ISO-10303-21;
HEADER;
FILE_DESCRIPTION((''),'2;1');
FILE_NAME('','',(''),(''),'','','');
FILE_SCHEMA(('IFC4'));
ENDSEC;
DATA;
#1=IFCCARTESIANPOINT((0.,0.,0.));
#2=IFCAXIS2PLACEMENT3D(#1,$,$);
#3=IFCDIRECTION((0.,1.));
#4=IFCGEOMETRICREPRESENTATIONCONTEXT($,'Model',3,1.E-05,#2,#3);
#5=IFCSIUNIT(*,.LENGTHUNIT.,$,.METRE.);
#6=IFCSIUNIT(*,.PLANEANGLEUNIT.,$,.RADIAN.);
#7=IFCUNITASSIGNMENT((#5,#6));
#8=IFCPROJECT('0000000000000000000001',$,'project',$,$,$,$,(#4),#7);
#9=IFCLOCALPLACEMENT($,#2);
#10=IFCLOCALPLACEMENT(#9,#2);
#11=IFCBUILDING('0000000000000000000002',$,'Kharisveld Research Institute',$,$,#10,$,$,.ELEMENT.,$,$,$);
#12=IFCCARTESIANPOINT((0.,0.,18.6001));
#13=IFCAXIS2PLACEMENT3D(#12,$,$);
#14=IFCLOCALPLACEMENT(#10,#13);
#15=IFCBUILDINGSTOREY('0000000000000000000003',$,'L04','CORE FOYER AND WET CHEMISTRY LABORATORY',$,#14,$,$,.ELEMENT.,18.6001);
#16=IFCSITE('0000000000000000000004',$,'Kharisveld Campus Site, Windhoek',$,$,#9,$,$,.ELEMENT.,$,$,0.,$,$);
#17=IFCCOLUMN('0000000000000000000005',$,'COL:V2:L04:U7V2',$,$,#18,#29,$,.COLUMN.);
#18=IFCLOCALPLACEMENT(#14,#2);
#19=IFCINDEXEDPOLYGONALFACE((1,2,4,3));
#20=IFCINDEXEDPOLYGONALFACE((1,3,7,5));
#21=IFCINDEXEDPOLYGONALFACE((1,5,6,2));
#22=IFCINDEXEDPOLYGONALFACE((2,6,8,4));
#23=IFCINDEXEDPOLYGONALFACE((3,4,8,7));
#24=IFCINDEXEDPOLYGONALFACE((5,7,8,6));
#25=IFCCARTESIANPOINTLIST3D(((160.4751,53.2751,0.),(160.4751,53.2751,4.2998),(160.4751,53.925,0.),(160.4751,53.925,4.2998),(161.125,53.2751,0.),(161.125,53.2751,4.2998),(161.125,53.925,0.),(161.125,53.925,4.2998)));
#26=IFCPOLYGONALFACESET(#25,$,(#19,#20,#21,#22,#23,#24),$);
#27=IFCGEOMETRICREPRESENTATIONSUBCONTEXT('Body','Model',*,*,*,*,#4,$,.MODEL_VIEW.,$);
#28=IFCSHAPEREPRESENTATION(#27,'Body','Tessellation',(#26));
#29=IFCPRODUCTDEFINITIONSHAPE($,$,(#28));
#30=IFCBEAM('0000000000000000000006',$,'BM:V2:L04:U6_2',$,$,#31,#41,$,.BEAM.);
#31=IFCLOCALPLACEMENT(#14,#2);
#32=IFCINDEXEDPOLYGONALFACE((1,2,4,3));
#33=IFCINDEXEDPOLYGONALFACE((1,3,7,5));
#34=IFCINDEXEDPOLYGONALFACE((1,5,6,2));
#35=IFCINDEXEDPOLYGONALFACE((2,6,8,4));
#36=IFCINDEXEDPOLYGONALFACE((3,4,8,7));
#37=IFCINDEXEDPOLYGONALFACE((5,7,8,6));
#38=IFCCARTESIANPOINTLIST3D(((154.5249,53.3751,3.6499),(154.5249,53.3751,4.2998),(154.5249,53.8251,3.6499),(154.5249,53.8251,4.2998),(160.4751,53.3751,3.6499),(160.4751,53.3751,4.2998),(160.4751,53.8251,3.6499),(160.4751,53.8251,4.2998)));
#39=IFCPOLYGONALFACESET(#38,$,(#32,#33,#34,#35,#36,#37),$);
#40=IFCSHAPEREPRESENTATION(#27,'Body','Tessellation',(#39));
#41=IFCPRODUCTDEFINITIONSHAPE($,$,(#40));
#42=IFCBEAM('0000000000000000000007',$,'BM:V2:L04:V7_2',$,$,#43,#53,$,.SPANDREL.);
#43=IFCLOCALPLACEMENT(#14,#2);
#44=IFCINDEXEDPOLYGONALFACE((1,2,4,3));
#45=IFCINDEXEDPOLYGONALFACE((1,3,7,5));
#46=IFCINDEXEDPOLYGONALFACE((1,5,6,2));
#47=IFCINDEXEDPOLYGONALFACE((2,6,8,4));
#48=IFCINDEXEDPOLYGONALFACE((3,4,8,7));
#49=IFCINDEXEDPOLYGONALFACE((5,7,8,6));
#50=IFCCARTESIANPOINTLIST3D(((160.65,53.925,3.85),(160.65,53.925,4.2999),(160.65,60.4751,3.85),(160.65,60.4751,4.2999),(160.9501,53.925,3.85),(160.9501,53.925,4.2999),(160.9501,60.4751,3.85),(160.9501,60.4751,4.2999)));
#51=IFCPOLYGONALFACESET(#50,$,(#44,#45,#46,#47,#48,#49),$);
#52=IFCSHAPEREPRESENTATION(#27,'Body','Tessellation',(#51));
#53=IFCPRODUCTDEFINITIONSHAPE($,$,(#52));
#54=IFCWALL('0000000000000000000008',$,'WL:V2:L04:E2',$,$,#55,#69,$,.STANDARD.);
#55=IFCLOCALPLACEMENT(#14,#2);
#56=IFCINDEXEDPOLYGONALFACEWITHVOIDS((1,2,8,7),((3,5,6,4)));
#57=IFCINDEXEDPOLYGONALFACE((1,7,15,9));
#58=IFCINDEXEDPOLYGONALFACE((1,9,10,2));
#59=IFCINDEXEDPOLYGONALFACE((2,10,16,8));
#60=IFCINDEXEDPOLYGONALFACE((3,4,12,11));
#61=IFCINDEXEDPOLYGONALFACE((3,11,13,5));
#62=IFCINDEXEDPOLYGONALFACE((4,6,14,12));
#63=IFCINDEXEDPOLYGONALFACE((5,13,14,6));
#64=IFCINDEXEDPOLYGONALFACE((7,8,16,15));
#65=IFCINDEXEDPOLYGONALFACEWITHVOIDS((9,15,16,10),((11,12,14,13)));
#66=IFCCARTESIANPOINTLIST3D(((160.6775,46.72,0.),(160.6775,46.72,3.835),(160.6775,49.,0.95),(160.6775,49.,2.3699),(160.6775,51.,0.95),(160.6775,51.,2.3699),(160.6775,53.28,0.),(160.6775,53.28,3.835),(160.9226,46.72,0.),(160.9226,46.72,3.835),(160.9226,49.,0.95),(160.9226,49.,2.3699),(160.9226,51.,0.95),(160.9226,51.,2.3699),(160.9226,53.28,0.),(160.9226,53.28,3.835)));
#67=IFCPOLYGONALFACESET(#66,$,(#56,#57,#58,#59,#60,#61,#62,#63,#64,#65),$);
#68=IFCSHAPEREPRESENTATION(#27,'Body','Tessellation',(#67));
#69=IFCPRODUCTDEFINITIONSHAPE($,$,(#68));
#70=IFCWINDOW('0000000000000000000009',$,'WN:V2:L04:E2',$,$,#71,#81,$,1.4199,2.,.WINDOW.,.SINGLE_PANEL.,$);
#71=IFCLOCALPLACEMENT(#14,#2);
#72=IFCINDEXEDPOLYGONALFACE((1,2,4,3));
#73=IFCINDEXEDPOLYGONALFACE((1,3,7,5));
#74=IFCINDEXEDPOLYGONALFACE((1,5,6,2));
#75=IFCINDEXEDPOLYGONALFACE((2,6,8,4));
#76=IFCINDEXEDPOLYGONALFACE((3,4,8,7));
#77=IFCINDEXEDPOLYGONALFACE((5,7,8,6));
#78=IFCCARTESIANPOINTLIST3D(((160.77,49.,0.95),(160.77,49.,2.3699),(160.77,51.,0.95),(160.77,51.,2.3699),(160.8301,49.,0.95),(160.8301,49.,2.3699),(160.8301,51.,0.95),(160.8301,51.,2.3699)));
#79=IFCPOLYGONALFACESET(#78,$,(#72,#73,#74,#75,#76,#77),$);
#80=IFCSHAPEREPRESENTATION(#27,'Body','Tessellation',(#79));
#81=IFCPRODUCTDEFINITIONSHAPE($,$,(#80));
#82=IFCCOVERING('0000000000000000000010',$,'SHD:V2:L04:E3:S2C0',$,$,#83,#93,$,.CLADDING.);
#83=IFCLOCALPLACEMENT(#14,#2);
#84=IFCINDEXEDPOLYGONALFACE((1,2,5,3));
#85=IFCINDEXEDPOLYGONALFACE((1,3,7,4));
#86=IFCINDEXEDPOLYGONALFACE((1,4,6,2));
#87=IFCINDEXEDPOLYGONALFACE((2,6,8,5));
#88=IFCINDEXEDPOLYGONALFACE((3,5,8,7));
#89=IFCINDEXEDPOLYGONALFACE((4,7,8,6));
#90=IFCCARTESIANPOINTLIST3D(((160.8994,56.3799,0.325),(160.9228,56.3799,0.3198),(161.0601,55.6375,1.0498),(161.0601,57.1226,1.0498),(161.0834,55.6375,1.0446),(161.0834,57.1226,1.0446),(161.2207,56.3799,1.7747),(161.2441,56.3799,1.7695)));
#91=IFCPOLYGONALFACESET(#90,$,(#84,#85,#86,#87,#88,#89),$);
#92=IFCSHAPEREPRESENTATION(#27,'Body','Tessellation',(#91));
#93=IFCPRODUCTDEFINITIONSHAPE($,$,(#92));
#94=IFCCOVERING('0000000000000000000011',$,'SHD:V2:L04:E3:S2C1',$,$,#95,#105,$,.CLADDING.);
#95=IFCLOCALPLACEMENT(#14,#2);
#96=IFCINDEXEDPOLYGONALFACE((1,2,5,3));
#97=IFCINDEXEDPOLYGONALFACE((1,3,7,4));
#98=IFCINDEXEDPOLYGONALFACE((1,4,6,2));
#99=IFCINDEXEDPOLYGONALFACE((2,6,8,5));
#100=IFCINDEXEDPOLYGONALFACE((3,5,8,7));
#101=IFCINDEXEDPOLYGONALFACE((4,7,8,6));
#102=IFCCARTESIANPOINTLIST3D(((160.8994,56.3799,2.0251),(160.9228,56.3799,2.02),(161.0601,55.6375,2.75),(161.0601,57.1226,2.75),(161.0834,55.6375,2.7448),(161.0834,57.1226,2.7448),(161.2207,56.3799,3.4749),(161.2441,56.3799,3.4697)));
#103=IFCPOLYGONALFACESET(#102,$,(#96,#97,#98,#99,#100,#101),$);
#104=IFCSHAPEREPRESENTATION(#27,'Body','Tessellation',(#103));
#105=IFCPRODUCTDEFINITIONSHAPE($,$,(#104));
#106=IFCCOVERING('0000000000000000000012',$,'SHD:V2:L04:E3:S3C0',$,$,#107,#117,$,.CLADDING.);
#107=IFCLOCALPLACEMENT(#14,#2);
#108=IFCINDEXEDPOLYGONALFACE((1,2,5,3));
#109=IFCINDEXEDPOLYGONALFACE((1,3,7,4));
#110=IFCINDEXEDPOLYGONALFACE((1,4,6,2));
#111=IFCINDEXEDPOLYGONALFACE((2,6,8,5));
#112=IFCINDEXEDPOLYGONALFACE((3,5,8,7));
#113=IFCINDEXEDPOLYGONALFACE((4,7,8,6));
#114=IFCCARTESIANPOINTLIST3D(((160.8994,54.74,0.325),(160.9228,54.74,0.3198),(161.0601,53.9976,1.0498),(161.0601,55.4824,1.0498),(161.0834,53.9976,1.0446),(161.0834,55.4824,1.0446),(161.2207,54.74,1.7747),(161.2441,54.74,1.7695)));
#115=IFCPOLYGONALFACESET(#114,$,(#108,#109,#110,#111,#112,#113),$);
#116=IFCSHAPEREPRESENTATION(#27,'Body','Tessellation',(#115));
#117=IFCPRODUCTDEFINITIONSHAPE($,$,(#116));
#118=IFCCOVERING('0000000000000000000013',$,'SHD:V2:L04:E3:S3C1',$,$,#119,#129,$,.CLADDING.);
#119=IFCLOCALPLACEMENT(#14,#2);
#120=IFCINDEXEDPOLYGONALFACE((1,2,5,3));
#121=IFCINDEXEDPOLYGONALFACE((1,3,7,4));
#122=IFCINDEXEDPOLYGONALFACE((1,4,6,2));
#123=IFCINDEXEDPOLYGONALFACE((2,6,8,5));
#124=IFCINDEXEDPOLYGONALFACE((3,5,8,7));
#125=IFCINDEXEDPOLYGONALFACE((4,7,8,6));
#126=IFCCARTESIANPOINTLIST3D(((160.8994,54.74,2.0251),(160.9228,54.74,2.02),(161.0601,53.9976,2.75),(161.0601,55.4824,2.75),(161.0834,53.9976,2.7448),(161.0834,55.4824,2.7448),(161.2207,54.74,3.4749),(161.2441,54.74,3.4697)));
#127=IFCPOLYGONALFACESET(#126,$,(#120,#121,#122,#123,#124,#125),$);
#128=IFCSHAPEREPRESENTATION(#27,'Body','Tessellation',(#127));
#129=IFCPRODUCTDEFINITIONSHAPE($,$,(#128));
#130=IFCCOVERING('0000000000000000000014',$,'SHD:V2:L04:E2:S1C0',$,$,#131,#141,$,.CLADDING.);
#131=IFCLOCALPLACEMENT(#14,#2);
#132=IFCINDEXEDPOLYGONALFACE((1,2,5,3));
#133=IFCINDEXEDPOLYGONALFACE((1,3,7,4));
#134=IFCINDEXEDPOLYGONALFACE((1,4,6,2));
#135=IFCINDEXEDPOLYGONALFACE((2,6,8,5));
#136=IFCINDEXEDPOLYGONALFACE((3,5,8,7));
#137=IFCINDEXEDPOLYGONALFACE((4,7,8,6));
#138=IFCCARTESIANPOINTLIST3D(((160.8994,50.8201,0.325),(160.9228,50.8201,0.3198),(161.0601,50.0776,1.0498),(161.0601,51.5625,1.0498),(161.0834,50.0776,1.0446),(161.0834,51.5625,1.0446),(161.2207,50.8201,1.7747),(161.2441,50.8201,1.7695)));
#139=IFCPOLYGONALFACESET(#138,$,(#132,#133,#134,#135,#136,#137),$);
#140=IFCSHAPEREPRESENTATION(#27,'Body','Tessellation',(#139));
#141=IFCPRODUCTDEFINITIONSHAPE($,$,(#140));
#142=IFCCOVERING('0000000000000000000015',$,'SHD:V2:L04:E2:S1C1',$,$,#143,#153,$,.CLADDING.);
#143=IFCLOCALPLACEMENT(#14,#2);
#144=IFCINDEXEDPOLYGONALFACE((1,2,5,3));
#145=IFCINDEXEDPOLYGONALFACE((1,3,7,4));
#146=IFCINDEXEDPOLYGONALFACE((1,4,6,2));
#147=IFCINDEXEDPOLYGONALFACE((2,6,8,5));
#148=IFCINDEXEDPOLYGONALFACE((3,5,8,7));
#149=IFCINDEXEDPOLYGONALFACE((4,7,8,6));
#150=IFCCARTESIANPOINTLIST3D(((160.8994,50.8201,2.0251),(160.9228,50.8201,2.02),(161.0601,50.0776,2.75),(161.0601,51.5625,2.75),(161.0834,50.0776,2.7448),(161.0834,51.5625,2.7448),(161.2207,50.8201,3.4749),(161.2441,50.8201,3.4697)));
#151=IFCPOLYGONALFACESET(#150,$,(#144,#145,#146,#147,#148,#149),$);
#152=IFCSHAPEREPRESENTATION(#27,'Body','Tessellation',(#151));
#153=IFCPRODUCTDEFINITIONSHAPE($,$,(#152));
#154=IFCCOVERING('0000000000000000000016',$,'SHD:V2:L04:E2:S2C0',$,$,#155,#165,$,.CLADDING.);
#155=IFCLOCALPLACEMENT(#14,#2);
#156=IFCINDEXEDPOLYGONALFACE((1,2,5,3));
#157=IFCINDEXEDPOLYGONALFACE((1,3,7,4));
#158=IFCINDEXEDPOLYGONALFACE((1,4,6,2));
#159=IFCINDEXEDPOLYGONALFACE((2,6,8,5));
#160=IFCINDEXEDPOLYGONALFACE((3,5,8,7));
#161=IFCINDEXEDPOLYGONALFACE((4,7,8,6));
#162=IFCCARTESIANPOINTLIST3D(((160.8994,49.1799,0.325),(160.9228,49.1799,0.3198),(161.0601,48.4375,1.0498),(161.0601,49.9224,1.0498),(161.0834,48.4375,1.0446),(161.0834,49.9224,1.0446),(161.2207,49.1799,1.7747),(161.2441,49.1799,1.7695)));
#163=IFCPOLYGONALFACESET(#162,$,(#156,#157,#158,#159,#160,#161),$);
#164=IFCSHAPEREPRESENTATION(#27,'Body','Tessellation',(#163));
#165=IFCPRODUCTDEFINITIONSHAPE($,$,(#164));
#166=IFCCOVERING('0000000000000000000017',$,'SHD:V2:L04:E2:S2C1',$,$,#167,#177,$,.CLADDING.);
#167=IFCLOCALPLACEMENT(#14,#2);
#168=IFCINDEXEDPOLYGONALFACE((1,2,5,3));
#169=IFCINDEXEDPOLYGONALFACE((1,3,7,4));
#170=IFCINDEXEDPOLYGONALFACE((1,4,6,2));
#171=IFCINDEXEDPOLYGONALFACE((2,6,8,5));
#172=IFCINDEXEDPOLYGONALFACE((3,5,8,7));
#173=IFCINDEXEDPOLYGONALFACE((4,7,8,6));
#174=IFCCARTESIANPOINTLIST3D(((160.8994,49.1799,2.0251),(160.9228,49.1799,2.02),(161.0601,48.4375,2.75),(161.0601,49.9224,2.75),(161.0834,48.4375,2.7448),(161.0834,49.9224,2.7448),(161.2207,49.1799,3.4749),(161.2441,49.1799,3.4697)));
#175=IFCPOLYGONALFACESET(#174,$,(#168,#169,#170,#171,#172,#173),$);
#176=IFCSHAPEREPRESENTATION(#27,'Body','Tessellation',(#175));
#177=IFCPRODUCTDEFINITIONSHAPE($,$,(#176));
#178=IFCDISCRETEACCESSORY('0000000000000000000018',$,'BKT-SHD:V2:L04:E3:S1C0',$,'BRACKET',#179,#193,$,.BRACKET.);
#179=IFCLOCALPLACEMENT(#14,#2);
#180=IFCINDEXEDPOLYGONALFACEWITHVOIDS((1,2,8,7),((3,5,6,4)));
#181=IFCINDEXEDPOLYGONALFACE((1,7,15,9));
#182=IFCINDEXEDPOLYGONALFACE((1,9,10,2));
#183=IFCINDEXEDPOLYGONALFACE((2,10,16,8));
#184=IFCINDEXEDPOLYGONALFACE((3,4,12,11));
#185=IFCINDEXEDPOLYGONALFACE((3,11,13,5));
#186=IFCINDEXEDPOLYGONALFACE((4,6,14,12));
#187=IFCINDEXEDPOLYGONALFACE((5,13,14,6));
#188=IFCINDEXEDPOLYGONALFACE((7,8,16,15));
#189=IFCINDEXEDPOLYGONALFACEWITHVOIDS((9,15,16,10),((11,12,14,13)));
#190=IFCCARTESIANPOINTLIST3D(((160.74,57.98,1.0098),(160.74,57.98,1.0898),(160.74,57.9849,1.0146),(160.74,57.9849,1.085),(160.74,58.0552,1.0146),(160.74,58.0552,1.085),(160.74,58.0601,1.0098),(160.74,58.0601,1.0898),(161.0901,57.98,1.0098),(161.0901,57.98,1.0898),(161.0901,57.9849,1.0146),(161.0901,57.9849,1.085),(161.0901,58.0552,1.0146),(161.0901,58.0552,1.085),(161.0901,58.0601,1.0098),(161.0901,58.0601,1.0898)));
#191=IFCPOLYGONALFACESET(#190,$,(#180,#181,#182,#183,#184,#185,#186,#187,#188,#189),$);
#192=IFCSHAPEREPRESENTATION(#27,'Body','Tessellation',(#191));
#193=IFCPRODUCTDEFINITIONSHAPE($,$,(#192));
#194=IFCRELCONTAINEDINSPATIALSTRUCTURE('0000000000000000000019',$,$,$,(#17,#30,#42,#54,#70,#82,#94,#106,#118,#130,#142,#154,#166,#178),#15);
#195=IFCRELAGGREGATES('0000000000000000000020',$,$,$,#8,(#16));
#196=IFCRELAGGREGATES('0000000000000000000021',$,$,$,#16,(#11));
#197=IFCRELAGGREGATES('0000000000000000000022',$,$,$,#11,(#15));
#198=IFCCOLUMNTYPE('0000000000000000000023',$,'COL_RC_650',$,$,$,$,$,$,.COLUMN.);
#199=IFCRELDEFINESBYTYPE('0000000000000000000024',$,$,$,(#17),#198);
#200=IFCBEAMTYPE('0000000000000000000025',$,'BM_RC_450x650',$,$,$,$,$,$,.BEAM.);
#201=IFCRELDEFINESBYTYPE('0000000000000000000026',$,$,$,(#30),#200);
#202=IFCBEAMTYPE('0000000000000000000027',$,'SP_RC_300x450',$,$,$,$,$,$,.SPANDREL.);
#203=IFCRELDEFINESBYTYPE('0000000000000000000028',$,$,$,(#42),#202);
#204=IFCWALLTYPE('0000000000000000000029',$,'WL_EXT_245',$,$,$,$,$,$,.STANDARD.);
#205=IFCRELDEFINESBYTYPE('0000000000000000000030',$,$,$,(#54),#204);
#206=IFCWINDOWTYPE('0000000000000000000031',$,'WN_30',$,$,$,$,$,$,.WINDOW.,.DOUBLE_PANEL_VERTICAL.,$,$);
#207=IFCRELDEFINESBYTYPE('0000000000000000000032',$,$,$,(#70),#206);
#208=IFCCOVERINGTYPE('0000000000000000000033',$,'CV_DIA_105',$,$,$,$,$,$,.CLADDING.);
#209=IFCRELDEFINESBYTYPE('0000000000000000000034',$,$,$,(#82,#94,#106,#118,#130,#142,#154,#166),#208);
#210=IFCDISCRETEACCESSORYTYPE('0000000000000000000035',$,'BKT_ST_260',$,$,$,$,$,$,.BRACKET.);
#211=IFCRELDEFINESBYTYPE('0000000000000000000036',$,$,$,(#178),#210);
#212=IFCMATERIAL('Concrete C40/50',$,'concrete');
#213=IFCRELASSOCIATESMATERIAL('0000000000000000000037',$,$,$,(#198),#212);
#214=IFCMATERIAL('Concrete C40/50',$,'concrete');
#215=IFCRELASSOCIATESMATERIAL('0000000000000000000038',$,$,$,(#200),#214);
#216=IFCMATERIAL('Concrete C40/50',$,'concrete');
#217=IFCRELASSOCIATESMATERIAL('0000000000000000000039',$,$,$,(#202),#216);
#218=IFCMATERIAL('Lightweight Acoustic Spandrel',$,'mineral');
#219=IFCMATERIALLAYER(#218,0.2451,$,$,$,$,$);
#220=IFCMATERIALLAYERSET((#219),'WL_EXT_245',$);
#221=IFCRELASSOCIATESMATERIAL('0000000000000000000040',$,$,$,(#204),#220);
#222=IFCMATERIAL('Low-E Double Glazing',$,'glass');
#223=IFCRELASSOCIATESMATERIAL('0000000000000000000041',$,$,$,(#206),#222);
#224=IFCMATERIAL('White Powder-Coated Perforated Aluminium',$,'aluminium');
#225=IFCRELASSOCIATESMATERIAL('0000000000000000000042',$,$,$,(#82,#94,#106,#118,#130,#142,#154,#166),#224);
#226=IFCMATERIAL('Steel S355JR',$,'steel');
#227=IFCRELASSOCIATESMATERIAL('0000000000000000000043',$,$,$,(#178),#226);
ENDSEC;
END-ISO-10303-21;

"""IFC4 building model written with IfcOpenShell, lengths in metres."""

from ifc_helpers import new_model, si_unit, direction, frame, frame_2d, origin, origin_2d, place, context, subcontext, project, spatial, polyline, rectangle, hollow_rectangle, outline, extrude, material, layer, layer_set, material_profile, profile_set, type_object, element, fill, save


model = new_model("IFC4")

# Units and contexts
model_context = context("Model", 3, precision=1e-05, world=origin(), true_north=direction((0.0, 1.0)))
body_context = subcontext(model_context, "Body", "Model", "MODEL_VIEW")
ifc_project = project(units=[si_unit("LENGTHUNIT", "METRE"), si_unit("PLANEANGLEUNIT", "RADIAN")], contexts=[model_context])

# Site, building, storey
site_placement = place(None, origin())
site = spatial("IfcSite", under=ifc_project, at=site_placement, Name="Kharisveld Campus Site, Windhoek", CompositionType="ELEMENT", RefElevation=0.0)
building_placement = place(site_placement, origin())
building = spatial("IfcBuilding", under=site, at=building_placement, Name="Kharisveld Research Institute", CompositionType="ELEMENT")
storey_placement = place(building_placement, frame((0.0, 0.0, 18.6001)))
storey = spatial("IfcBuildingStorey", under=building, at=storey_placement, Name="L04", Description="CORE FOYER AND WET CHEMISTRY LABORATORY", CompositionType="ELEMENT", Elevation=18.6001)

# Column
ifc_material_1 = material(Name="Concrete C40/50", Category="concrete")
ifc_material_profile_1 = material_profile(ifc_material_1, rectangle(XDim=0.6499, YDim=0.6499, at=origin_2d()))
ifc_profile_set_1 = profile_set([ifc_material_profile_1], Name="Concrete C40/50")
column_type = type_object("IfcColumnType", Name="COL_RC_650", PredefinedType="COLUMN", material=ifc_profile_set_1)
column_placement = place(storey_placement, frame((160.8, 53.6001, 0.0), z_axis=(0.0, 0.0, 1.0), x_axis=(1.0, 0.0, 0.0)))
element("IfcColumn", 1, at=column_placement, inside=storey, type_object=column_type, Name="COL:V2:L04:U7V2", PredefinedType="COLUMN", context=body_context, shape_type="SweptSolid", body=[
    extrude(rectangle(XDim=0.6499, YDim=0.6499, at=origin_2d()), origin(), (0.0, 0.0, 1.0), 4.2998),
])

# Beams
ifc_material_2 = material(Name="Concrete C40/50", Category="concrete")
ifc_material_profile_2 = material_profile(ifc_material_2, rectangle(XDim=0.45, YDim=0.6499, at=origin_2d()))
ifc_profile_set_2 = profile_set([ifc_material_profile_2], Name="Concrete C40/50")
beam_type_1 = type_object("IfcBeamType", Name="BM_RC_450x650", PredefinedType="BEAM", material=ifc_profile_set_2)
beam_1_placement = place(storey_placement, frame((154.5249, 53.6001, 3.9749), z_axis=(1.0, 0.0, 0.0), x_axis=(0.0, 1.0, 0.0)))
element("IfcBeam", 2, at=beam_1_placement, inside=storey, type_object=beam_type_1, Name="BM:V2:L04:U6_2", PredefinedType="BEAM", context=body_context, shape_type="SweptSolid", body=[
    extrude(rectangle(XDim=0.45, YDim=0.6499, at=origin_2d()), origin(), (0.0, 0.0, 1.0), 5.9502),
])
ifc_material_3 = material(Name="Concrete C40/50", Category="concrete")
ifc_material_profile_3 = material_profile(ifc_material_3, rectangle(XDim=0.3, YDim=0.45, at=origin_2d()))
ifc_profile_set_3 = profile_set([ifc_material_profile_3], Name="Concrete C40/50")
beam_type_2 = type_object("IfcBeamType", Name="SP_RC_300x450", PredefinedType="SPANDREL", material=ifc_profile_set_3)
beam_2_placement = place(storey_placement, frame((160.8, 53.925, 4.075), z_axis=(0.0, 1.0, 0.0), x_axis=(-1.0, 0.0, 0.0)))
element("IfcBeam", 3, at=beam_2_placement, inside=storey, type_object=beam_type_2, Name="BM:V2:L04:V7_2", PredefinedType="SPANDREL", context=body_context, shape_type="SweptSolid", body=[
    extrude(rectangle(XDim=0.3, YDim=0.45, at=origin_2d()), origin(), (0.0, 0.0, 1.0), 6.55),
])

# Wall, opening, window
ifc_material_4 = material(Name="Lightweight Acoustic Spandrel", Category="mineral")
ifc_layer = layer(ifc_material_4, 0.2451)
ifc_layer_set = layer_set([ifc_layer], Name="WL_EXT_245")
wall_type = type_object("IfcWallType", Name="WL_EXT_245", PredefinedType="STANDARD", material=ifc_layer_set)
wall_placement = place(storey_placement, frame((160.8, 53.28, 0.0), z_axis=(0.0, 0.0, 1.0), x_axis=(0.0, -1.0, 0.0)))
wall = element("IfcWall", 4, at=wall_placement, inside=storey, type_object=wall_type, Name="WL:V2:L04:E2", PredefinedType="STANDARD", context=body_context, shape_type="SweptSolid", body=[
    extrude(rectangle(XDim=6.5601, YDim=0.2451, at=frame_2d((3.28, 0.0))), origin(), (0.0, 0.0, 1.0), 3.835),
])
opening_placement = place(wall_placement, frame((2.28, 0.0, 0.95)))
opening = element("IfcOpeningElement", 5, at=opening_placement, cuts=wall, PredefinedType="OPENING", context=body_context, shape_type="SweptSolid", body=[
    extrude(rectangle(XDim=2.0, YDim=1.4199, at=frame_2d((1.0, 0.71))), frame((0.0, 0.1226, 0.0), z_axis=(0.0, -1.0, 0.0), x_axis=(1.0, 0.0, 0.0)), (0.0, 0.0, 1.0), 0.2451),
])
ifc_material_5 = material(Name="Low-E Double Glazing", Category="glass")
window_type = type_object("IfcWindowType", Name="WN_30", PartitioningType="DOUBLE_PANEL_VERTICAL", PredefinedType="WINDOW", material=ifc_material_5)
window_placement = place(opening_placement, origin())
window = element("IfcWindow", 6, at=window_placement, inside=storey, type_object=window_type, Name="WN:V2:L04:E2", OverallHeight=1.4199, OverallWidth=2.0, PartitioningType="SINGLE_PANEL", PredefinedType="WINDOW", context=body_context, shape_type="SweptSolid", body=[
    extrude(rectangle(XDim=2.0, YDim=1.4199, at=frame_2d((1.0, 0.71))), frame((0.0, 0.03, 0.0), z_axis=(0.0, -1.0, 0.0), x_axis=(1.0, 0.0, 0.0)), (0.0, 0.0, 1.0), 0.0601),
])
fill(opening, window)

# Coverings
ifc_material_6 = material(Name="White Powder-Coated Perforated Aluminium", Category="aluminium")
covering_type = type_object("IfcCoveringType", Name="CV_DIA_105", PredefinedType="CLADDING")
for number, where, z_axis, x_axis, name in (
    (7, (160.8994, 56.3799, 0.325), (-0.976311, 0.0, 0.216373), (0.153, -0.707102, 0.69036), "SHD:V2:L04:E3:S2C0"),
    (8, (160.8994, 56.3799, 2.0251), (-0.976311, 0.0, 0.216373), (0.153, -0.707102, 0.69036), "SHD:V2:L04:E3:S2C1"),
):
    element("IfcCovering", number, at=place(storey_placement, frame(where, z_axis=z_axis, x_axis=x_axis)), inside=storey, type_object=covering_type, material=ifc_material_6, Name=name, PredefinedType="CLADDING", context=body_context, shape_type="SweptSolid", body=[
        extrude(outline(polyline([(0.0, 0.0), (1.05, 0.0), (1.05, 1.05), (-0.0002, 1.0501), (0.0, 0.0)])), origin(), (0.0, 0.0, -1.0), 0.0239),
    ])
for number, where, z_axis, x_axis, name in (
    (9, (160.8994, 54.74, 0.325), (-0.976311, 0.0, 0.216373), (0.153, -0.707102, 0.69036), "SHD:V2:L04:E3:S3C0"),
    (10, (160.8994, 54.74, 2.0251), (-0.976311, 0.0, 0.216373), (0.153, -0.707102, 0.69036), "SHD:V2:L04:E3:S3C1"),
    (11, (160.8994, 50.8201, 0.325), (-0.976311, 0.0, 0.216373), (0.153, -0.707102, 0.69036), "SHD:V2:L04:E2:S1C0"),
    (12, (160.8994, 50.8201, 2.0251), (-0.976311, 0.0, 0.216373), (0.153, -0.707102, 0.69036), "SHD:V2:L04:E2:S1C1"),
    (13, (160.8994, 49.1799, 0.325), (-0.976311, 0.0, 0.216373), (0.153, -0.707102, 0.69036), "SHD:V2:L04:E2:S2C0"),
    (14, (160.8994, 49.1799, 2.0251), (-0.976311, 0.0, 0.216373), (0.153, -0.707102, 0.69036), "SHD:V2:L04:E2:S2C1"),
):
    element("IfcCovering", number, at=place(storey_placement, frame(where, z_axis=z_axis, x_axis=x_axis)), inside=storey, type_object=covering_type, material=ifc_material_6, Name=name, PredefinedType="CLADDING", context=body_context, shape_type="SweptSolid", body=[
        extrude(outline(polyline([(0.0, 0.0), (1.05, 0.0), (1.05, 1.05), (0.0, 1.05), (0.0, 0.0)])), origin(), (0.0, 0.0, -1.0), 0.0239),
    ])

# Discrete accessory
ifc_material_7 = material(Name="Steel S355JR", Category="steel")
discrete_accessory_type = type_object("IfcDiscreteAccessoryType", Name="BKT_ST_260", PredefinedType="BRACKET")
for number, where, z_axis, x_axis, name in (
    (15, (160.74, 58.02, 1.0498), (1.0, 0.0, 0.0), (0.0, 1.0, 0.0), "BKT-SHD:V2:L04:E3:S1C0"),
):
    element("IfcDiscreteAccessory", number, at=place(storey_placement, frame(where, z_axis=z_axis, x_axis=x_axis)), inside=storey, type_object=discrete_accessory_type, material=ifc_material_7, Name=name, ObjectType="BRACKET", PredefinedType="BRACKET", context=body_context, shape_type="SweptSolid", body=[
        extrude(hollow_rectangle(XDim=0.0801, YDim=0.0801, WallThickness=0.0049, at=origin_2d()), origin(), (0.0, 0.0, 1.0), 0.3501),
    ])

save(model, "model.ifc")
